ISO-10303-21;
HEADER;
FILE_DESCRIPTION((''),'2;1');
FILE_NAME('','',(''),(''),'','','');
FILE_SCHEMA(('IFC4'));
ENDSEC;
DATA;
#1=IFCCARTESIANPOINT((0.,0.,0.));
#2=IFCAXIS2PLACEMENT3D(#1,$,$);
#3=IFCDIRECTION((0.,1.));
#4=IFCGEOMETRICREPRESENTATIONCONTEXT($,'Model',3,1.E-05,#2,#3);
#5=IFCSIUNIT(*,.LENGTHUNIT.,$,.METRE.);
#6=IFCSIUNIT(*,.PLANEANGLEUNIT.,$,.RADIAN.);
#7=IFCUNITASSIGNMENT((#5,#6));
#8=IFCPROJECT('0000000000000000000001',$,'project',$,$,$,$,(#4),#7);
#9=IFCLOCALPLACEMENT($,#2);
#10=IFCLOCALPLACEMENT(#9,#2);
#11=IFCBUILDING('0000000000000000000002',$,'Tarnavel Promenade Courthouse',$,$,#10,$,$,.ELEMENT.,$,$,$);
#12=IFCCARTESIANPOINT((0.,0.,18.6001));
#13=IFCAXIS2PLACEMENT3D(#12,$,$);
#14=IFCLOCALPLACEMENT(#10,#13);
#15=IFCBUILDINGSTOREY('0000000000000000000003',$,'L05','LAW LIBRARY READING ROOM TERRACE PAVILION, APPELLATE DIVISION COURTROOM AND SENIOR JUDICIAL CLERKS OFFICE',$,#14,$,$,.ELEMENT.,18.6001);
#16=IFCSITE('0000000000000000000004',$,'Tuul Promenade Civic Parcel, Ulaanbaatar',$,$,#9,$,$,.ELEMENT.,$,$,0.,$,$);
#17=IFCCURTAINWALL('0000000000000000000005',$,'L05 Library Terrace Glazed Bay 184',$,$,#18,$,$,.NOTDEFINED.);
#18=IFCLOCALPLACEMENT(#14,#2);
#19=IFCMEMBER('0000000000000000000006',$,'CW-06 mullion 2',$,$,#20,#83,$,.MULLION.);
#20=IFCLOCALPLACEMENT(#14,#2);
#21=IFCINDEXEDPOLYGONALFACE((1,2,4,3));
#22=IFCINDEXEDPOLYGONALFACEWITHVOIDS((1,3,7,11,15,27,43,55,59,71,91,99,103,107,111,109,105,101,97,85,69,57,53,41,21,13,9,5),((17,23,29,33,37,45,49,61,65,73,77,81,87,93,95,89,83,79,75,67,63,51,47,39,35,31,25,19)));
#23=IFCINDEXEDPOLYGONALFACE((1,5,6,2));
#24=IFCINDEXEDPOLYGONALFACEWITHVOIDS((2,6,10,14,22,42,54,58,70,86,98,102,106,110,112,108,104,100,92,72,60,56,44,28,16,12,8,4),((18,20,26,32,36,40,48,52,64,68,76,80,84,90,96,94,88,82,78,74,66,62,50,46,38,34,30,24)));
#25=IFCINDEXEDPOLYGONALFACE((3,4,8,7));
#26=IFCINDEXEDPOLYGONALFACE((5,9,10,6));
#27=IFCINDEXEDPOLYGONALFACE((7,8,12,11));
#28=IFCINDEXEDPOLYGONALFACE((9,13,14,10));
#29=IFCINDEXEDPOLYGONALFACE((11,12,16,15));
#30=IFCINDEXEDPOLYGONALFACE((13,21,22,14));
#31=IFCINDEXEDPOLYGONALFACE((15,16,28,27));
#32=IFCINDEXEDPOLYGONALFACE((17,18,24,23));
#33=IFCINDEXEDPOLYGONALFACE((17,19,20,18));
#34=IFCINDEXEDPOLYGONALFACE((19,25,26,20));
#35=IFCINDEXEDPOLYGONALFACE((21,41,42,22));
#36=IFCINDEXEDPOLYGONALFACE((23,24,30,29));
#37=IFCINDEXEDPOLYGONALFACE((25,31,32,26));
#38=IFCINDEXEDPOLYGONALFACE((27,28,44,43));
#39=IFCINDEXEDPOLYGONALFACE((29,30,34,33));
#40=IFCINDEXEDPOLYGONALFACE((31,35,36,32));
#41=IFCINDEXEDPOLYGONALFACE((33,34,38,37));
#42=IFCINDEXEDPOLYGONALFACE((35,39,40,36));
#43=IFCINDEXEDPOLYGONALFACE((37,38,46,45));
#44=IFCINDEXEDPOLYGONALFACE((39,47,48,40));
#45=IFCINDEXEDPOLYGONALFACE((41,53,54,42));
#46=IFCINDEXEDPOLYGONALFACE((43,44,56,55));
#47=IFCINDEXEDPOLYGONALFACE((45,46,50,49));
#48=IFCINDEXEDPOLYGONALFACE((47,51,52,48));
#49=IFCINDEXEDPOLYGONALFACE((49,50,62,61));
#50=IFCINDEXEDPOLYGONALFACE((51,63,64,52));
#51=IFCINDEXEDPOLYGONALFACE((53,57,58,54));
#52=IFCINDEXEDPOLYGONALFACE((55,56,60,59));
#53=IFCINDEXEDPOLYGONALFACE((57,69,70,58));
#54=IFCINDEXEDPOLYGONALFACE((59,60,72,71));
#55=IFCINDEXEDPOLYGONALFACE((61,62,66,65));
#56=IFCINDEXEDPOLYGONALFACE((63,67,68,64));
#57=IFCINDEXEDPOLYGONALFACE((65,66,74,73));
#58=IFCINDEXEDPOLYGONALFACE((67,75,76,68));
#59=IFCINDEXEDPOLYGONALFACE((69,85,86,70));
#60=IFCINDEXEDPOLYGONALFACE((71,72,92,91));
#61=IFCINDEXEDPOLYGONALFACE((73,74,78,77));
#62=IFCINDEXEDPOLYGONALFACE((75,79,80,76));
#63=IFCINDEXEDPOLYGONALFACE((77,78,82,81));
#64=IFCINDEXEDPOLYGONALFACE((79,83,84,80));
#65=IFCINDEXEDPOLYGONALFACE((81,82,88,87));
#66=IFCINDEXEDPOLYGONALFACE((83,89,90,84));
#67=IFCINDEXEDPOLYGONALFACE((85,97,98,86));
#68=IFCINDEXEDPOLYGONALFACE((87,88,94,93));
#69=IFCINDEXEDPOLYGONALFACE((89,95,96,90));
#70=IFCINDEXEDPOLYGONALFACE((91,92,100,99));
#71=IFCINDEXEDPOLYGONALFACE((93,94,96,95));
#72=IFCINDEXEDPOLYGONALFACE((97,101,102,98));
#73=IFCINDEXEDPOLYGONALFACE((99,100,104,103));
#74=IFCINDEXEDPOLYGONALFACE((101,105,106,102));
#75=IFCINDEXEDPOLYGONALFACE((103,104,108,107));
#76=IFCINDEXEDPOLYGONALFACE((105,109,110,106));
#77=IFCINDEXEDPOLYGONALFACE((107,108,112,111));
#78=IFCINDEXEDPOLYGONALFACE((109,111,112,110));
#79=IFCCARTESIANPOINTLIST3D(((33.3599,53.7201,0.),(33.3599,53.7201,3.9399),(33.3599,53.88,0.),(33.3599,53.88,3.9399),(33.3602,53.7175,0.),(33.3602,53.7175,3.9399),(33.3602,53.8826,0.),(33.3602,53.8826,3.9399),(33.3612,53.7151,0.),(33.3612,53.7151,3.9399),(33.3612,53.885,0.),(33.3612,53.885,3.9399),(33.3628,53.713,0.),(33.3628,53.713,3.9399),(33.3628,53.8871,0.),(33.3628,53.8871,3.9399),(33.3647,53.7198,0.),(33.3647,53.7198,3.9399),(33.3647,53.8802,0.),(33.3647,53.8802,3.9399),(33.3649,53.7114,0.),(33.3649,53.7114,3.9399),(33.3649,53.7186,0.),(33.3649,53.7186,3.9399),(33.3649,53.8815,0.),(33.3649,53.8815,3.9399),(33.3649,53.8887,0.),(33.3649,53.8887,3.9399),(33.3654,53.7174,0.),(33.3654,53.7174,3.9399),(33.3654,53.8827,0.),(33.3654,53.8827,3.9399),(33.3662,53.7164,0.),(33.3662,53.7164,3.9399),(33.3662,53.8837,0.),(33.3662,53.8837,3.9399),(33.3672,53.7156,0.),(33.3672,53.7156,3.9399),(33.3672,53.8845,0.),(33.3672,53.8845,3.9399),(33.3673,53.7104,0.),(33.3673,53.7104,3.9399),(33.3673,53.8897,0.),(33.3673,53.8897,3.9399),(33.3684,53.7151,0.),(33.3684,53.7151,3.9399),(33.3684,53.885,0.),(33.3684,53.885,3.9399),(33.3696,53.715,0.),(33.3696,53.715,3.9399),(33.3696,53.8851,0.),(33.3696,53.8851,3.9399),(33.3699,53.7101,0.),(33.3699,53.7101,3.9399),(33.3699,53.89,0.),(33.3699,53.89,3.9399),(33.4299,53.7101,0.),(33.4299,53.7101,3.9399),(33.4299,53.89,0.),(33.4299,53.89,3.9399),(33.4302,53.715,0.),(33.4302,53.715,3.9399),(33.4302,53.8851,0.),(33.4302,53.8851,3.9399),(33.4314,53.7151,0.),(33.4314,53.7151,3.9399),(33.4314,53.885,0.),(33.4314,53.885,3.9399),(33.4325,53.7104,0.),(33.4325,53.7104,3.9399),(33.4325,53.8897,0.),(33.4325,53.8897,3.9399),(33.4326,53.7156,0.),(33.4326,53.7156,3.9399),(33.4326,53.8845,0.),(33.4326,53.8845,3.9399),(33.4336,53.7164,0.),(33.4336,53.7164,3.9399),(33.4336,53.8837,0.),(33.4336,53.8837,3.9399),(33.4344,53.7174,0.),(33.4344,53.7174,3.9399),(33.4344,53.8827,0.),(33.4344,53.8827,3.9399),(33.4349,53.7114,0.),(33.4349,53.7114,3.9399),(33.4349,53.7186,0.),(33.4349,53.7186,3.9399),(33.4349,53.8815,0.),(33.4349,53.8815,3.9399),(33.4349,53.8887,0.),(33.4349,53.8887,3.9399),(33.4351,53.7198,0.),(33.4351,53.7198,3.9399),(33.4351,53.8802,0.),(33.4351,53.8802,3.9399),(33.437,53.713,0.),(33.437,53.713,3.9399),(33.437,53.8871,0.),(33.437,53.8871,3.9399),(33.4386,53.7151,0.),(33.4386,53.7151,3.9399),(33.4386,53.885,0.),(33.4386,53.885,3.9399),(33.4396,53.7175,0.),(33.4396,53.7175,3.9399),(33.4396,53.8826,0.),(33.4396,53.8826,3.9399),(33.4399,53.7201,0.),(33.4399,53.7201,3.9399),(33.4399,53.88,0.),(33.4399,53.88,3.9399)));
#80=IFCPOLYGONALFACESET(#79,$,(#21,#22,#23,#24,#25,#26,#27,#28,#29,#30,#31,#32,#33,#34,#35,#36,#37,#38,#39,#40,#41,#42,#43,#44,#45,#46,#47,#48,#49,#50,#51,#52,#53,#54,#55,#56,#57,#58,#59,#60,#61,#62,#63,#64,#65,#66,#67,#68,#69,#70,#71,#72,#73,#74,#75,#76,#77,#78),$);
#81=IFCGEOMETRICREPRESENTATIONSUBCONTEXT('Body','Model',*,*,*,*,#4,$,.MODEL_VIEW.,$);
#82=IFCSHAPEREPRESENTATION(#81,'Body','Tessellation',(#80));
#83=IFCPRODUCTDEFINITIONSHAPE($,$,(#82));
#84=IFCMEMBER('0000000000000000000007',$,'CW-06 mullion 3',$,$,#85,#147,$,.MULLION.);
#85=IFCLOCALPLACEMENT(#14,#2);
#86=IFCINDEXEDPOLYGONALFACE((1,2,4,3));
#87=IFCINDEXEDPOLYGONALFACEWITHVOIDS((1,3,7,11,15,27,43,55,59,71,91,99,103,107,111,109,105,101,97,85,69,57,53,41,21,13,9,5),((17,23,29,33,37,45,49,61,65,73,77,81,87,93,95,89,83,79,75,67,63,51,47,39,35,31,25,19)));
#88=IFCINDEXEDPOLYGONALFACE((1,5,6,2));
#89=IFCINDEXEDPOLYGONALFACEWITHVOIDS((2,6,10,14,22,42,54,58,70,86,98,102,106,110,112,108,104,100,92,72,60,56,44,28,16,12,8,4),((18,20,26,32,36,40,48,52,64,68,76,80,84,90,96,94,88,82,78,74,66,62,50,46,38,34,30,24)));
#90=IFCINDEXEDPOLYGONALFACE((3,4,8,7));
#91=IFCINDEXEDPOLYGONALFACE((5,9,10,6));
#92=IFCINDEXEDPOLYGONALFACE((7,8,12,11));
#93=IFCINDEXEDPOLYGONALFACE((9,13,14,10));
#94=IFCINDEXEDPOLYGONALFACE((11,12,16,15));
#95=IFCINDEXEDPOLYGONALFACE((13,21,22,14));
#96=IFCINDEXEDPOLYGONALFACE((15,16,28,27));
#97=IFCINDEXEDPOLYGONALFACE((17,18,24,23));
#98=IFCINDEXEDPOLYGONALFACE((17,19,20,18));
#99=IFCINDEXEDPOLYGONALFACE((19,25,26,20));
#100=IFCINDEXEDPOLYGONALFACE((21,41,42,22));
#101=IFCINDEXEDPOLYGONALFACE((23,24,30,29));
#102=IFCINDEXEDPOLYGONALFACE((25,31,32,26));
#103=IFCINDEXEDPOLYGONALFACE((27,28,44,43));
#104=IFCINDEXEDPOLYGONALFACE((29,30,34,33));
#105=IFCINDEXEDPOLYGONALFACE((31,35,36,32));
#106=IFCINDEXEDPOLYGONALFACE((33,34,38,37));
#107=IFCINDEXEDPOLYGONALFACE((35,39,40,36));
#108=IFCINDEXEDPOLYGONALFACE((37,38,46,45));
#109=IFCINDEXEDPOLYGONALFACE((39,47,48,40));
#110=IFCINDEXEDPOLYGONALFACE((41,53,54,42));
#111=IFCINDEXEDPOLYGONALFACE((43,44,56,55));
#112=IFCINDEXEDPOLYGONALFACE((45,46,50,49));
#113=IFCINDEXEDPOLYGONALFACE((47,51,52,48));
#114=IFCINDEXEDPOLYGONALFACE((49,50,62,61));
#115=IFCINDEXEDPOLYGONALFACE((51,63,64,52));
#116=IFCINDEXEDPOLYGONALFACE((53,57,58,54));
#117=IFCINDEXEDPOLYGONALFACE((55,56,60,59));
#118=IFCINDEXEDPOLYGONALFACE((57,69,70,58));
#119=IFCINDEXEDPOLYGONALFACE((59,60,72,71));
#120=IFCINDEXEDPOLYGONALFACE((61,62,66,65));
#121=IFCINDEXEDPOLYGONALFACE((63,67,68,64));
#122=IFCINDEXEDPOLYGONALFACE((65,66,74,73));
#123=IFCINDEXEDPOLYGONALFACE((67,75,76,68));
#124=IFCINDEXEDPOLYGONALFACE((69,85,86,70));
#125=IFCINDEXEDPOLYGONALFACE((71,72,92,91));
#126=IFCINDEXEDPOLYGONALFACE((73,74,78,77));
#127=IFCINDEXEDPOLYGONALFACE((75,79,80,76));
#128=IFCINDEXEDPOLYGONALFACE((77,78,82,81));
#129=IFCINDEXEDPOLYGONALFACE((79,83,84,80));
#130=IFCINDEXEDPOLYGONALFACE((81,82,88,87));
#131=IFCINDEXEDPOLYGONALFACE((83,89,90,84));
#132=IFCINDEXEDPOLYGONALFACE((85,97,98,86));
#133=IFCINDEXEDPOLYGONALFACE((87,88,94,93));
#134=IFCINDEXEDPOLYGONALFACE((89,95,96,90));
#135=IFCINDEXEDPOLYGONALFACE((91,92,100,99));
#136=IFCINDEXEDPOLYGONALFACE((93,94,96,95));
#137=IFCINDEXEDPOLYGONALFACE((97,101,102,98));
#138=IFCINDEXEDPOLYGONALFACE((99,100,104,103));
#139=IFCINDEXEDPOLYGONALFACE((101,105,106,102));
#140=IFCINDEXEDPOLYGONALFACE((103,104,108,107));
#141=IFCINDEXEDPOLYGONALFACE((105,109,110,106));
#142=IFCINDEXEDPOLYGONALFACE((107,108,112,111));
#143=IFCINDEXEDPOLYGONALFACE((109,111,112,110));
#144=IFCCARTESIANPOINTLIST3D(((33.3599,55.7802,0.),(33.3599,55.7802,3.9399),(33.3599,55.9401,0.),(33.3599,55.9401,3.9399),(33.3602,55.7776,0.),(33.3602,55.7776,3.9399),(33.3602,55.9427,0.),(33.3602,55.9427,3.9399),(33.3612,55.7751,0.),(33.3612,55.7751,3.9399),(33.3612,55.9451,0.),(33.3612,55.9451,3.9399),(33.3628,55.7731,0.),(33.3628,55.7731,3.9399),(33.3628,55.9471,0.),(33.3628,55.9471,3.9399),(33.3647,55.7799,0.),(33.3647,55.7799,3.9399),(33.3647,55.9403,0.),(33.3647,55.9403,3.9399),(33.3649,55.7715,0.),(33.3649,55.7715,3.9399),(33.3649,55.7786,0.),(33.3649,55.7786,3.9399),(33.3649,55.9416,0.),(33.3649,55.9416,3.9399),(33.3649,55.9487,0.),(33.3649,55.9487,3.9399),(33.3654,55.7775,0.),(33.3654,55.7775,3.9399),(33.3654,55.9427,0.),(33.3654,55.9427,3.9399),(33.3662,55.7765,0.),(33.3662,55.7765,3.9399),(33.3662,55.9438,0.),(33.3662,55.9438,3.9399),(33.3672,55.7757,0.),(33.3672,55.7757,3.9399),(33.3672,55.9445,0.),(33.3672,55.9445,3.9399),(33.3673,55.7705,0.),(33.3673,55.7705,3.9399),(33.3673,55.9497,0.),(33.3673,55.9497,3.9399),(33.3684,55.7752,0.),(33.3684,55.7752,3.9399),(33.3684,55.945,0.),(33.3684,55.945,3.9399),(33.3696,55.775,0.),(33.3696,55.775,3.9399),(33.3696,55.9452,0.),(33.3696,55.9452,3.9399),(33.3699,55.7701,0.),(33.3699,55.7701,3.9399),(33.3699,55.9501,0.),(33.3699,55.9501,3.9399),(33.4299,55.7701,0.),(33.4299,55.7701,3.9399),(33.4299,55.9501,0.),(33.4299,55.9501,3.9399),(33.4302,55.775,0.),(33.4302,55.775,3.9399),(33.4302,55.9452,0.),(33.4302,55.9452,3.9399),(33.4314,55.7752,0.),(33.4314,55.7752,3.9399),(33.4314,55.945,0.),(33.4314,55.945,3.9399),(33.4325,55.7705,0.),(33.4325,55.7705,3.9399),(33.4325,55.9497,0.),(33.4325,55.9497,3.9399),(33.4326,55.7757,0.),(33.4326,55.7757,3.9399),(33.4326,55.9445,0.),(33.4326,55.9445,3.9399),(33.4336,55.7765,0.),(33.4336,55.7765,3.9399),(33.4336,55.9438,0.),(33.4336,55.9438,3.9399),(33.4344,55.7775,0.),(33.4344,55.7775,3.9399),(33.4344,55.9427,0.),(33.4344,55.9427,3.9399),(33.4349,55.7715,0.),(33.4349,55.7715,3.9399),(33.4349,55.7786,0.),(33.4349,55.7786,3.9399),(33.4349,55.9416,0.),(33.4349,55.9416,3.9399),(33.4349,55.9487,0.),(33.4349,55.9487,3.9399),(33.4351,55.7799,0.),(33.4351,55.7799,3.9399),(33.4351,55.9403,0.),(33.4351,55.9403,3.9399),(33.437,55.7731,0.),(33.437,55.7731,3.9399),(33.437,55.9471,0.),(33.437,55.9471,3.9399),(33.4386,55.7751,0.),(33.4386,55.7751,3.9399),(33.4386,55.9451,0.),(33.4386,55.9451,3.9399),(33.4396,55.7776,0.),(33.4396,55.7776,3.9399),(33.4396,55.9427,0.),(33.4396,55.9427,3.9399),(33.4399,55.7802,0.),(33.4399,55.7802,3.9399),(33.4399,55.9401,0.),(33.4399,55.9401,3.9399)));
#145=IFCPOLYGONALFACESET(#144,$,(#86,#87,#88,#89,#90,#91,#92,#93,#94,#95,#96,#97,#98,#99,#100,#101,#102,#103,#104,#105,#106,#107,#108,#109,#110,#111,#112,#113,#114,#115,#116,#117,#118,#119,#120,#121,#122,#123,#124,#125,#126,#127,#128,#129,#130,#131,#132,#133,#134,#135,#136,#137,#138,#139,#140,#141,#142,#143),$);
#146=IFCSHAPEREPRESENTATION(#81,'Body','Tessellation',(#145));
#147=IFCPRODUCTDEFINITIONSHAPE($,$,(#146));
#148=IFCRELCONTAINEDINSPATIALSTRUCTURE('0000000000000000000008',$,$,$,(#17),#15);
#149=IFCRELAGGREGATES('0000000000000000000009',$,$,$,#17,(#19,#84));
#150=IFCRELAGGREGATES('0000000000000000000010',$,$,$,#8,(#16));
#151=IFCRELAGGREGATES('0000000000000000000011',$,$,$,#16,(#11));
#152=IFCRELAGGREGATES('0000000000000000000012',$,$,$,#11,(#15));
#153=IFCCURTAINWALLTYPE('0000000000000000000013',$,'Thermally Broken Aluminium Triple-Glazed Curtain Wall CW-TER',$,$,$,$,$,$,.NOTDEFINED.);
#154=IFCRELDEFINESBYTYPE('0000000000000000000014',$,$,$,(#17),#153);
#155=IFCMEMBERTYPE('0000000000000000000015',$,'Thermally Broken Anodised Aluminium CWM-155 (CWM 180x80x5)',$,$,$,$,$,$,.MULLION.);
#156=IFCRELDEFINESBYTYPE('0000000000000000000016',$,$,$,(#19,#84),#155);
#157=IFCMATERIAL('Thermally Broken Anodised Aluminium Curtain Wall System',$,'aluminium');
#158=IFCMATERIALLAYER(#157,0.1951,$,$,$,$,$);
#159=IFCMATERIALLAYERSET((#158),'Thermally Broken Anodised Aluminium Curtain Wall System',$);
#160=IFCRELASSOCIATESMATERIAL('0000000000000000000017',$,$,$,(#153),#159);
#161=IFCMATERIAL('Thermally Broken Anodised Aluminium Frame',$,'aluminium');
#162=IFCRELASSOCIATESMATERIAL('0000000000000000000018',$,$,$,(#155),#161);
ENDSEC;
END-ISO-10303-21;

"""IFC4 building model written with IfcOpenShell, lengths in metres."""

from ifc_helpers import new_model, si_unit, direction, frame, origin, origin_2d, place, context, subcontext, project, spatial, hollow_rectangle, extrude, material, layer, layer_set, material_profile, profile_set, type_object, element, aggregate, save


model = new_model("IFC4")

# Units and contexts
model_context = context("Model", 3, precision=1e-05, world=origin(), true_north=direction((0.0, 1.0)))
body_context = subcontext(model_context, "Body", "Model", "MODEL_VIEW")
ifc_project = project(units=[si_unit("LENGTHUNIT", "METRE"), si_unit("PLANEANGLEUNIT", "RADIAN")], contexts=[model_context])

# Site, building, storey
site_placement = place(None, origin())
site = spatial("IfcSite", under=ifc_project, at=site_placement, Name="Tuul Promenade Civic Parcel, Ulaanbaatar", CompositionType="ELEMENT", RefElevation=0.0)
building_placement = place(site_placement, origin())
building = spatial("IfcBuilding", under=site, at=building_placement, Name="Tarnavel Promenade Courthouse", CompositionType="ELEMENT")
storey_placement = place(building_placement, frame((0.0, 0.0, 18.6001)))
storey = spatial("IfcBuildingStorey", under=building, at=storey_placement, Name="L05", Description="LAW LIBRARY READING ROOM TERRACE PAVILION, APPELLATE DIVISION COURTROOM AND SENIOR JUDICIAL CLERKS OFFICE", CompositionType="ELEMENT", Elevation=18.6001)

# Curtain wall, members
ifc_material_1 = material(Name="Thermally Broken Anodised Aluminium Curtain Wall System", Category="aluminium")
ifc_layer_1 = layer(ifc_material_1, 0.1951)
ifc_layer_set_1 = layer_set([ifc_layer_1], Name="Thermally Broken Anodised Aluminium Curtain Wall System")
curtain_wall_type = type_object("IfcCurtainWallType", Name="Thermally Broken Aluminium Triple-Glazed Curtain Wall CW-TER", PredefinedType="NOTDEFINED", material=ifc_layer_set_1)
curtain_wall_placement = place(storey_placement, origin())
curtain_wall = element("IfcCurtainWall", 1, at=curtain_wall_placement, inside=storey, type_object=curtain_wall_type, Name="L05 Library Terrace Glazed Bay 184", PredefinedType="NOTDEFINED")
ifc_material_2 = material(Name="Thermally Broken Anodised Aluminium Frame", Category="aluminium")
ifc_material_profile_1 = material_profile(ifc_material_2, hollow_rectangle(XDim=0.0801, YDim=0.1799, WallThickness=0.0049, InnerFilletRadius=0.0049, OuterFilletRadius=0.01, at=origin_2d()), Name="CWM 180x80x5")
ifc_profile_set_1 = profile_set([ifc_material_profile_1], Name="Thermally Broken Anodised Aluminium Frame")
member_type_1 = type_object("IfcMemberType", Name="Thermally Broken Anodised Aluminium CWM-155 (CWM 180x80x5)", PredefinedType="MULLION", material=ifc_profile_set_1)
member_1_placement = place(storey_placement, frame((33.3999, 53.8, 0.0), z_axis=(0.0, 0.0, 1.0), x_axis=(-1.0, 0.0, 0.0)))
member_1 = element("IfcMember", 2, at=member_1_placement, type_object=member_type_1, Name="CW-06 mullion 2", PredefinedType="MULLION", context=body_context, shape_type="SweptSolid", body=[
    extrude(hollow_rectangle(XDim=0.0801, YDim=0.1799, WallThickness=0.0049, InnerFilletRadius=0.0049, OuterFilletRadius=0.01, at=origin_2d()), origin(), (0.0, 0.0, 1.0), 3.9399),
])
member_2_placement = place(storey_placement, frame((33.3999, 55.8601, 0.0), z_axis=(0.0, 0.0, 1.0), x_axis=(-1.0, 0.0, 0.0)))
member_2 = element("IfcMember", 3, at=member_2_placement, type_object=member_type_1, Name="CW-06 mullion 3", PredefinedType="MULLION", context=body_context, shape_type="SweptSolid", body=[
    extrude(hollow_rectangle(XDim=0.0801, YDim=0.1799, WallThickness=0.0049, InnerFilletRadius=0.0049, OuterFilletRadius=0.01, at=origin_2d()), origin(), (0.0, 0.0, 1.0), 3.9399),
])
aggregate(curtain_wall, [member_1, member_2])

save(model, "model.ifc")
